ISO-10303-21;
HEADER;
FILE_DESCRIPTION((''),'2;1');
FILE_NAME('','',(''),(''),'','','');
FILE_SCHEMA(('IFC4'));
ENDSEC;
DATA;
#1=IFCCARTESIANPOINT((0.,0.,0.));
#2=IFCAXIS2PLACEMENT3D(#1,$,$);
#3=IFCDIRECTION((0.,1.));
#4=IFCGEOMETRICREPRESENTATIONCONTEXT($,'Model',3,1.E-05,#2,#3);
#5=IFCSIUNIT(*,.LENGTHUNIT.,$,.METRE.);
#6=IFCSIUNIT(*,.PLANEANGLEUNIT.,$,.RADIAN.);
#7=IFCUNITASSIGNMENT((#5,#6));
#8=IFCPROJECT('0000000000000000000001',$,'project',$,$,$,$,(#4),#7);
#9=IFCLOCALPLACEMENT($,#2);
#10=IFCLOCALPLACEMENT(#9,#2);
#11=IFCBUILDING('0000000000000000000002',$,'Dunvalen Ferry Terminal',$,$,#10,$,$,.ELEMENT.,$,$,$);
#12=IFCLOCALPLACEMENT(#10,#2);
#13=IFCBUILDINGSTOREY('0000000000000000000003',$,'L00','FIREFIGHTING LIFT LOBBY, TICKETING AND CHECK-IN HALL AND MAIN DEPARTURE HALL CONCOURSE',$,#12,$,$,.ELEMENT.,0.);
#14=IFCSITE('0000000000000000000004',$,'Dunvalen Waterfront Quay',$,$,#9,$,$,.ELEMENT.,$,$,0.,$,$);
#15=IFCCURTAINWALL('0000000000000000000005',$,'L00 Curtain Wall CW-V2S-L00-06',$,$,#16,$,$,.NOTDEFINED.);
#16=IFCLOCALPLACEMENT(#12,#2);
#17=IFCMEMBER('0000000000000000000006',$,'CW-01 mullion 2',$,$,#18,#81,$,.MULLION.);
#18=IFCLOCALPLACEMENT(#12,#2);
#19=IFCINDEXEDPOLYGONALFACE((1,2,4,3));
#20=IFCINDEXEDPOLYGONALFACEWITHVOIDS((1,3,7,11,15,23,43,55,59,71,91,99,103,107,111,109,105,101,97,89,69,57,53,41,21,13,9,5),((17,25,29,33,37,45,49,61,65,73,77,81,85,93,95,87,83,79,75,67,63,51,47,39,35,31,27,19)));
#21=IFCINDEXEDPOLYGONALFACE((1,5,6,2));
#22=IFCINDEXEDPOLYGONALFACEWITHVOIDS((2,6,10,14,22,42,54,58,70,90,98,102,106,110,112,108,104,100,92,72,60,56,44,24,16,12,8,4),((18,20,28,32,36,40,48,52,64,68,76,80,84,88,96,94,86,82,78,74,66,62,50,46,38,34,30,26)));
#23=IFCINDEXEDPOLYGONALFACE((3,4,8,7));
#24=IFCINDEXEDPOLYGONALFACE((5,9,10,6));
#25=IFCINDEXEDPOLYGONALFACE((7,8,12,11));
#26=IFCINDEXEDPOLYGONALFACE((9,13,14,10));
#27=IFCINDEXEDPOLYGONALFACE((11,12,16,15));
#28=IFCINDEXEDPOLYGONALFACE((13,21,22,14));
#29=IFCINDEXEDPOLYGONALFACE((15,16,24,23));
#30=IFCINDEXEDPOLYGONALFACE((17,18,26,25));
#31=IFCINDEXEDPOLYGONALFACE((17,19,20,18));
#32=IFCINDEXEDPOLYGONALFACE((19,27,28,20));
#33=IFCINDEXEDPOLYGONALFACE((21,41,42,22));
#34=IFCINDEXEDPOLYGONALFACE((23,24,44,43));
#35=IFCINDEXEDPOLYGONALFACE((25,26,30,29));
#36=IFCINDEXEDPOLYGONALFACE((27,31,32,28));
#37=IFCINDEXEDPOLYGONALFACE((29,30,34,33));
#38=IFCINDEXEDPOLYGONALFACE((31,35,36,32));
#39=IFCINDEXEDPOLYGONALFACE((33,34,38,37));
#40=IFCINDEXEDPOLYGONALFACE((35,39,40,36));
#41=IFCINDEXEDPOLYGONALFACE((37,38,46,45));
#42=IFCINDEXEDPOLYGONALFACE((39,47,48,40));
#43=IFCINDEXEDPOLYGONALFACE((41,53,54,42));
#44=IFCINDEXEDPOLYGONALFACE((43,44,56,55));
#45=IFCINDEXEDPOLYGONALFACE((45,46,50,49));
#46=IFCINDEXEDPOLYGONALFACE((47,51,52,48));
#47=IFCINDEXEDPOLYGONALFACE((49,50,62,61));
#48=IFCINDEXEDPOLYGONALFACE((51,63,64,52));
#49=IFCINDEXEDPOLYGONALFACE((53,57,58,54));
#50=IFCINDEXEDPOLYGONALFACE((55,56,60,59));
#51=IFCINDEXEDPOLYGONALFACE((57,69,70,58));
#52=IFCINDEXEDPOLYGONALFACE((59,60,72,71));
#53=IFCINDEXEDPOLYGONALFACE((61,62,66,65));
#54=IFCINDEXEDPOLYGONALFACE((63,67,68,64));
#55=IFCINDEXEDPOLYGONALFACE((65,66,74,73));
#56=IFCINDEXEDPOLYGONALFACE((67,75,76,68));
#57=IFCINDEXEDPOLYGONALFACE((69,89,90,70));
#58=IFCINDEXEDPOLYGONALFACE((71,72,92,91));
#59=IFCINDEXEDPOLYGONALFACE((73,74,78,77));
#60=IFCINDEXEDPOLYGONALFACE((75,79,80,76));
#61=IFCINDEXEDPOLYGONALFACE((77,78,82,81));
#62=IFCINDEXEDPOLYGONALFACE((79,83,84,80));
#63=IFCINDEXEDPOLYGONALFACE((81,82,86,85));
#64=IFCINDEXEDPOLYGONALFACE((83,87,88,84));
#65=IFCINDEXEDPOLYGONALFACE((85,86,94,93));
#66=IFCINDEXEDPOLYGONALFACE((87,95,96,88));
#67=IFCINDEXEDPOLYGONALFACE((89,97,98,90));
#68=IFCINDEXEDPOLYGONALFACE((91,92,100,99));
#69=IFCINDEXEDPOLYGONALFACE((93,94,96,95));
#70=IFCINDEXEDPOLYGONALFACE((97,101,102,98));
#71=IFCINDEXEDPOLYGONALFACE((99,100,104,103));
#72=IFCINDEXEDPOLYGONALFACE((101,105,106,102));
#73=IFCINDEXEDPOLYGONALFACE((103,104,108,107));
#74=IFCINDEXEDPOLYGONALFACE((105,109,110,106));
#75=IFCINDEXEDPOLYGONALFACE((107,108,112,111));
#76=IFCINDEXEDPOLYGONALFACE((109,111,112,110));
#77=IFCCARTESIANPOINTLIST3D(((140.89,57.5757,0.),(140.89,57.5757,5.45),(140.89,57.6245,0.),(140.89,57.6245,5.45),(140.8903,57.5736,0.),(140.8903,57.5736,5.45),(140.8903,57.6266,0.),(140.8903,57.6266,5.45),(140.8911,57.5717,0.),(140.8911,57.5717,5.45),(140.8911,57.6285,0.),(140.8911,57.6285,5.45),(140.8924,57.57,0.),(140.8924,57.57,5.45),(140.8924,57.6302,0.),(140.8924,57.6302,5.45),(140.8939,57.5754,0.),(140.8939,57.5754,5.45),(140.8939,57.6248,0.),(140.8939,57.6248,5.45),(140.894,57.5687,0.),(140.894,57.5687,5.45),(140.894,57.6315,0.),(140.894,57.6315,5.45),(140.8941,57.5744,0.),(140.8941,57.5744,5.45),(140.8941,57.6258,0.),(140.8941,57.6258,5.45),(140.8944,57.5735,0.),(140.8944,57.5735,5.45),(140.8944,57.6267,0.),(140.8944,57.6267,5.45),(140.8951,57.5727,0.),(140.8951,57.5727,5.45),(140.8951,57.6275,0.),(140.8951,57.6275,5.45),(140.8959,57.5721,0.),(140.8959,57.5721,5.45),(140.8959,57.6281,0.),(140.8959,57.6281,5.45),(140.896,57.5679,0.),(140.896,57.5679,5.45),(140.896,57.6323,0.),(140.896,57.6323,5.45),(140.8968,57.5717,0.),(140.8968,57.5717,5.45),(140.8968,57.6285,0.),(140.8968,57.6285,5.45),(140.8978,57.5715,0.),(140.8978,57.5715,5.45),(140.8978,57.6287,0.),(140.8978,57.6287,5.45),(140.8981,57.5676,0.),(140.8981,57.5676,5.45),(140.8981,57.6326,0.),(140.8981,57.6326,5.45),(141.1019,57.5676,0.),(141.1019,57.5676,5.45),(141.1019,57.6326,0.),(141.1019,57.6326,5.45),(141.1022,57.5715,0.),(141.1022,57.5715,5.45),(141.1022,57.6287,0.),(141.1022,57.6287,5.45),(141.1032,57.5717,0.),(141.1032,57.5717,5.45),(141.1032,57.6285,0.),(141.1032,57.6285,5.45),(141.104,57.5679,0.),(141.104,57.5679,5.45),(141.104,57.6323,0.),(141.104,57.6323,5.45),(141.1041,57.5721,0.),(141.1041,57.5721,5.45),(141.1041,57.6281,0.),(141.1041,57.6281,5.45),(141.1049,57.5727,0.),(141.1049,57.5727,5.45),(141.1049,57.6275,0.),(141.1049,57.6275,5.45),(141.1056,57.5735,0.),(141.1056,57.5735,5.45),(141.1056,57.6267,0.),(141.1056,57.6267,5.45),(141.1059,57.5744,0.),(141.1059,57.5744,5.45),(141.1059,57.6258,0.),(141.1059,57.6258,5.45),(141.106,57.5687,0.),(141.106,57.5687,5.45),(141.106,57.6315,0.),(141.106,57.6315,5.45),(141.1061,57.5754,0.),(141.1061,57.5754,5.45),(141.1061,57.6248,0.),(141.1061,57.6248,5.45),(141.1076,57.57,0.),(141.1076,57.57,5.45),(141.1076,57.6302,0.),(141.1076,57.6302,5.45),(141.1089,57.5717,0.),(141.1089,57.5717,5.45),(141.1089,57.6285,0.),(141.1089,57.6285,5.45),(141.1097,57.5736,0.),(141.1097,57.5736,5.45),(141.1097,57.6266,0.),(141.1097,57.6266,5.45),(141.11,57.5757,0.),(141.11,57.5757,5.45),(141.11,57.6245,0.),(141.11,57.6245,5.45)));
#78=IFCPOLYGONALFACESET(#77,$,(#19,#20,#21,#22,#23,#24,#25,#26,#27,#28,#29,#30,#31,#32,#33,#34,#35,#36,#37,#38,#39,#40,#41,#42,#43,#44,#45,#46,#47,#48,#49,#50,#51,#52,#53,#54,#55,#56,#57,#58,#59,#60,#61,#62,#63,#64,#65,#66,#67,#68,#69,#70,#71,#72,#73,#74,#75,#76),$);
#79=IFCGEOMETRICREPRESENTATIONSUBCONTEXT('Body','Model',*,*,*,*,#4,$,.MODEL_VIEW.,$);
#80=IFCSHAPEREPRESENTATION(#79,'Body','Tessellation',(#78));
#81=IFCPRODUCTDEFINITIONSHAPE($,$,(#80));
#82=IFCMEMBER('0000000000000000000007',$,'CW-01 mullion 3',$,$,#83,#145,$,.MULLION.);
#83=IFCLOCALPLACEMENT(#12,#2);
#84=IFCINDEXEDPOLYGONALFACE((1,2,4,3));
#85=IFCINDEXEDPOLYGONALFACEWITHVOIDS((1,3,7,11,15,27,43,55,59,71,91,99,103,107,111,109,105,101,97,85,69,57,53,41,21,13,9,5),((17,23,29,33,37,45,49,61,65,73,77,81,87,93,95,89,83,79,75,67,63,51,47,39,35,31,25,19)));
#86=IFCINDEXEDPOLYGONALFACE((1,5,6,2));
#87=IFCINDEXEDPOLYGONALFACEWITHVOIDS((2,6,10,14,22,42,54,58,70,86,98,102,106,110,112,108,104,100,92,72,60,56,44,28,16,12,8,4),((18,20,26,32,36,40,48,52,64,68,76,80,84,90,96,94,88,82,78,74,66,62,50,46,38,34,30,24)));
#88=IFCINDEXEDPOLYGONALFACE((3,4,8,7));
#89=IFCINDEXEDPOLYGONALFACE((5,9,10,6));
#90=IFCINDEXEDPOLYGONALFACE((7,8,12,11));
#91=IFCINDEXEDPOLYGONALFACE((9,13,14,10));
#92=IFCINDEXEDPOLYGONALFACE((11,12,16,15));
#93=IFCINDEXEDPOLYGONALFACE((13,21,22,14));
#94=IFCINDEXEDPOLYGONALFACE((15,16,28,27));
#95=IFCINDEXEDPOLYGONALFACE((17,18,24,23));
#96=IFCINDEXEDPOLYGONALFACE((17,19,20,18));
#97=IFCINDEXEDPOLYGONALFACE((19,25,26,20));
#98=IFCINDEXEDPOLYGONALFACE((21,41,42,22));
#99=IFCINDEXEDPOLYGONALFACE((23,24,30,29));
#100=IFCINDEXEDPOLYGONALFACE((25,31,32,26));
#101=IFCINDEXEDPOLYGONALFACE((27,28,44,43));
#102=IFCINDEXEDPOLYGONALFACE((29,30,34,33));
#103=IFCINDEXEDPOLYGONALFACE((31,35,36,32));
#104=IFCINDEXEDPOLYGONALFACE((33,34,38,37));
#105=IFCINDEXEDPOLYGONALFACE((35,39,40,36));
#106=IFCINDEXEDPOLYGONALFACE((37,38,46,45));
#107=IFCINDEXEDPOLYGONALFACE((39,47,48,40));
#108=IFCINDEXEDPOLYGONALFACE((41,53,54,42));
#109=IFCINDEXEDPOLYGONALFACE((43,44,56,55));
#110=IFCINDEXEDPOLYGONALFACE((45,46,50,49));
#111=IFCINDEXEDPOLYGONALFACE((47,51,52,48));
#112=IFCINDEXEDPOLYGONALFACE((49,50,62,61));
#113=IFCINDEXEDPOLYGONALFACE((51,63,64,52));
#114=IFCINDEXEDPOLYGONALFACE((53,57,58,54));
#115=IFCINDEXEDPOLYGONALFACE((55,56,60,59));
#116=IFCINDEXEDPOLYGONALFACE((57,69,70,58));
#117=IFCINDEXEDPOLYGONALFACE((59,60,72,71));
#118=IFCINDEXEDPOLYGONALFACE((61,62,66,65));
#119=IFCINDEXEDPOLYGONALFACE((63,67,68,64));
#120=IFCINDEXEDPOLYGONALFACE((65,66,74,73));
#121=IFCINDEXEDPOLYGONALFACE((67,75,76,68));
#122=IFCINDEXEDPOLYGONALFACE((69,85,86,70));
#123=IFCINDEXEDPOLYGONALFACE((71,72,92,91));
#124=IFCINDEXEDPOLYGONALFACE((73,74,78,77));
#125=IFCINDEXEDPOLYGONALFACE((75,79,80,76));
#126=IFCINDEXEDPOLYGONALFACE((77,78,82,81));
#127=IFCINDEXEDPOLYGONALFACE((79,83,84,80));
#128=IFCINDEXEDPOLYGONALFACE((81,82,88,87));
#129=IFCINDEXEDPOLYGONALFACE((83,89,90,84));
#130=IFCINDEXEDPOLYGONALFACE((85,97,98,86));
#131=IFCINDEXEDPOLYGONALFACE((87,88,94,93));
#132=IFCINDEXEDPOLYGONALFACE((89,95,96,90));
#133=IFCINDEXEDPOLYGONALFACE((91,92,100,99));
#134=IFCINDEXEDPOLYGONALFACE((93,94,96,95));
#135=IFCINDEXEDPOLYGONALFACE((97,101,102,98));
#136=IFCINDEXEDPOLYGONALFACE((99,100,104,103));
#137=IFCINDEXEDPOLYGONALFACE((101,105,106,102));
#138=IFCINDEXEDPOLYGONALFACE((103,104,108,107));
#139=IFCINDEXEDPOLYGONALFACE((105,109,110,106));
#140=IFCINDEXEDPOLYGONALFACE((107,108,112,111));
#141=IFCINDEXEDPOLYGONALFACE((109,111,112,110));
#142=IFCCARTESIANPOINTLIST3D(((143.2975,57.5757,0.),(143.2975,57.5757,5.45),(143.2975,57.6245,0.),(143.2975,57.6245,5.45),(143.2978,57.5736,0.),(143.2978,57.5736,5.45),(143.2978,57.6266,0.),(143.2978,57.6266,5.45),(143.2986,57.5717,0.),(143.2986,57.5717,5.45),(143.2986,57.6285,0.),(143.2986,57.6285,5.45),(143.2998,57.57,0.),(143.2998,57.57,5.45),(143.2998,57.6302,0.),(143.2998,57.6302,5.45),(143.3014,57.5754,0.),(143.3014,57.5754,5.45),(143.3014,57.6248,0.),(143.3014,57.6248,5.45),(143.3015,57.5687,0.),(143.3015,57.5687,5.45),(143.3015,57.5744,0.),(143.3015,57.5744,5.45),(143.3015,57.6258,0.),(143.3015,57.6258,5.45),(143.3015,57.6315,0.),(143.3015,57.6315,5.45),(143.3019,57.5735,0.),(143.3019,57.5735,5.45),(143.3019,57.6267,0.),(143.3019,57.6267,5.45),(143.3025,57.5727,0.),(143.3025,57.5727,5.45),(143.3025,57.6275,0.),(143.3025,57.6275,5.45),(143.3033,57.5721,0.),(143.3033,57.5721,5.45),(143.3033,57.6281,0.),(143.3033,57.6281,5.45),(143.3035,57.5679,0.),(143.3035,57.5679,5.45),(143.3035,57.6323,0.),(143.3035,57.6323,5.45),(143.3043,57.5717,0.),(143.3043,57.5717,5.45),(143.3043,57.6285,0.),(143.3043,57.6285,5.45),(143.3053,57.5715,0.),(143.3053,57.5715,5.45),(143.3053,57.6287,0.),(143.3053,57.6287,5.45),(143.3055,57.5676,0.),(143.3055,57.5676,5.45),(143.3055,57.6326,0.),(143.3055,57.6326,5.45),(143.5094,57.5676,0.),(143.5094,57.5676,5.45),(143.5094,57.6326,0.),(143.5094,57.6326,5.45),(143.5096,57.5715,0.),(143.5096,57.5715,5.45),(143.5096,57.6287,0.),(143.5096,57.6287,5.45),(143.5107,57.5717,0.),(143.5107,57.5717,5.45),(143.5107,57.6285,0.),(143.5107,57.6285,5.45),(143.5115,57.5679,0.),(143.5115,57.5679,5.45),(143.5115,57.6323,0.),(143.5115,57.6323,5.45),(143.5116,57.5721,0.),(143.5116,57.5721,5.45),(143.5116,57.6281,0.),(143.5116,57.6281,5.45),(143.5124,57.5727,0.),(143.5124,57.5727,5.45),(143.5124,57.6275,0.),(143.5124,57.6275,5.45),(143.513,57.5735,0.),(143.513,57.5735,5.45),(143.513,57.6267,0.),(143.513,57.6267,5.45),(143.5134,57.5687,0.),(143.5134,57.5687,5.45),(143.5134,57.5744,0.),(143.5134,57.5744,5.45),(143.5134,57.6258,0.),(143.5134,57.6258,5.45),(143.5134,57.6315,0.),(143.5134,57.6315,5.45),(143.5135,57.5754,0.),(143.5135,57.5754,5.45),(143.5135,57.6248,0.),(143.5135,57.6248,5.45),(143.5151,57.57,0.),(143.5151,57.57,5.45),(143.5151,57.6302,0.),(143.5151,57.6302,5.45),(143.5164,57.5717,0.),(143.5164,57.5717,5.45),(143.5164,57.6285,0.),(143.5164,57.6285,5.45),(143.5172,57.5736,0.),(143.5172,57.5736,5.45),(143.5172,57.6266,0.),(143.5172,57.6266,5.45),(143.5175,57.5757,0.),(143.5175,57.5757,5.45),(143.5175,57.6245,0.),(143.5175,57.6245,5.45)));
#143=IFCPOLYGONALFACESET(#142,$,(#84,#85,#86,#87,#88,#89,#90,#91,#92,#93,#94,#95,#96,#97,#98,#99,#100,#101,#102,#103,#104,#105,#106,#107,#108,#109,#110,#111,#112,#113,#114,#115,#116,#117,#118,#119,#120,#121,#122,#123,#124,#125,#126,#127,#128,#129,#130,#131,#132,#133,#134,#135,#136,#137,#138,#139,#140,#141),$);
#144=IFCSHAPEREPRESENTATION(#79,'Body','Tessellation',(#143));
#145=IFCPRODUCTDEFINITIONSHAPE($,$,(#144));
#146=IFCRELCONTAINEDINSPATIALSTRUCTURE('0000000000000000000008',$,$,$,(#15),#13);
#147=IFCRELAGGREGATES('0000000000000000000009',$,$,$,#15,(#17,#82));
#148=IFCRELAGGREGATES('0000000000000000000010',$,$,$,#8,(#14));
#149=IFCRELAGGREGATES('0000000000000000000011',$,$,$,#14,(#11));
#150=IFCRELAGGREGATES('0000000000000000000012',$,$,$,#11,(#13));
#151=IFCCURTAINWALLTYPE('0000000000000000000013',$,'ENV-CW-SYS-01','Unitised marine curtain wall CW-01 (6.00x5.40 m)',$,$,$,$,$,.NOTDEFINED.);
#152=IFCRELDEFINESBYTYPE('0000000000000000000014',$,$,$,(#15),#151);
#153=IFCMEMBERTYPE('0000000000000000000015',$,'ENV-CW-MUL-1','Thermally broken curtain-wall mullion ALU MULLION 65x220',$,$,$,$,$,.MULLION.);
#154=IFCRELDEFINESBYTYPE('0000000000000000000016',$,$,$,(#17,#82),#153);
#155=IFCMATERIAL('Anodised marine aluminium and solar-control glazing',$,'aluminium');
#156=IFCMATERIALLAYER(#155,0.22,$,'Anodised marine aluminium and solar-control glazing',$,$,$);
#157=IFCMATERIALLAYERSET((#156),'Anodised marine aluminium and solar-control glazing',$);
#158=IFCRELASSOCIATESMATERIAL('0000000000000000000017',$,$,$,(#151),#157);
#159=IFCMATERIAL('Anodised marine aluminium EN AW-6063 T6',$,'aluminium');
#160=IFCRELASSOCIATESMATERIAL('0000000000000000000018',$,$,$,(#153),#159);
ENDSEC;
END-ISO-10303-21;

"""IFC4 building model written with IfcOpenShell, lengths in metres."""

from ifc_helpers import new_model, si_unit, direction, frame, origin, origin_2d, place, context, subcontext, project, spatial, hollow_rectangle, extrude, material, layer, layer_set, material_profile, profile_set, type_object, element, aggregate, save


model = new_model("IFC4")

# Units and contexts
model_context = context("Model", 3, precision=1e-05, world=origin(), true_north=direction((0.0, 1.0)))
body_context = subcontext(model_context, "Body", "Model", "MODEL_VIEW")
ifc_project = project(units=[si_unit("LENGTHUNIT", "METRE"), si_unit("PLANEANGLEUNIT", "RADIAN")], contexts=[model_context])

# Site, building, storey
site_placement = place(None, origin())
site = spatial("IfcSite", under=ifc_project, at=site_placement, Name="Dunvalen Waterfront Quay", CompositionType="ELEMENT", RefElevation=0.0)
building_placement = place(site_placement, origin())
building = spatial("IfcBuilding", under=site, at=building_placement, Name="Dunvalen Ferry Terminal", CompositionType="ELEMENT")
storey_placement = place(building_placement, origin())
storey = spatial("IfcBuildingStorey", under=building, at=storey_placement, Name="L00", Description="FIREFIGHTING LIFT LOBBY, TICKETING AND CHECK-IN HALL AND MAIN DEPARTURE HALL CONCOURSE", CompositionType="ELEMENT", Elevation=0.0)

# Curtain wall, members
ifc_material_1 = material(Name="Anodised marine aluminium and solar-control glazing", Category="aluminium")
ifc_layer_1 = layer(ifc_material_1, 0.22, Name="Anodised marine aluminium and solar-control glazing")
ifc_layer_set_1 = layer_set([ifc_layer_1], Name="Anodised marine aluminium and solar-control glazing")
curtain_wall_type = type_object("IfcCurtainWallType", Name="ENV-CW-SYS-01", Description="Unitised marine curtain wall CW-01 (6.00x5.40 m)", PredefinedType="NOTDEFINED", material=ifc_layer_set_1)
curtain_wall_placement = place(storey_placement, origin())
curtain_wall = element("IfcCurtainWall", 1, at=curtain_wall_placement, inside=storey, type_object=curtain_wall_type, Name="L00 Curtain Wall CW-V2S-L00-06", PredefinedType="NOTDEFINED")
ifc_material_2 = material(Name="Anodised marine aluminium EN AW-6063 T6", Category="aluminium")
ifc_material_profile_1 = material_profile(ifc_material_2, hollow_rectangle(XDim=0.0649, YDim=0.22, WallThickness=0.0039, InnerFilletRadius=0.0039, OuterFilletRadius=0.0081, at=origin_2d()), Name="Anodised marine aluminium EN AW-6063 T6")
ifc_profile_set_1 = profile_set([ifc_material_profile_1], Name="Anodised marine aluminium EN AW-6063 T6")
member_type_1 = type_object("IfcMemberType", Name="ENV-CW-MUL-1", Description="Thermally broken curtain-wall mullion ALU MULLION 65x220", PredefinedType="MULLION", material=ifc_profile_set_1)
member_1_placement = place(storey_placement, frame((141.0, 57.6001, 0.0), z_axis=(0.0, 0.0, 1.0), x_axis=(0.0, 1.0, 0.0)))
member_1 = element("IfcMember", 2, at=member_1_placement, type_object=member_type_1, Name="CW-01 mullion 2", PredefinedType="MULLION", context=body_context, shape_type="SweptSolid", body=[
    extrude(hollow_rectangle(XDim=0.0649, YDim=0.22, WallThickness=0.0039, InnerFilletRadius=0.0039, OuterFilletRadius=0.0081, at=origin_2d()), origin(), (0.0, 0.0, 1.0), 5.45),
])
member_2_placement = place(storey_placement, frame((143.4075, 57.6001, 0.0), z_axis=(0.0, 0.0, 1.0), x_axis=(0.0, 1.0, 0.0)))
member_2 = element("IfcMember", 3, at=member_2_placement, type_object=member_type_1, Name="CW-01 mullion 3", PredefinedType="MULLION", context=body_context, shape_type="SweptSolid", body=[
    extrude(hollow_rectangle(XDim=0.0649, YDim=0.22, WallThickness=0.0039, InnerFilletRadius=0.0039, OuterFilletRadius=0.0081, at=origin_2d()), origin(), (0.0, 0.0, 1.0), 5.45),
])
aggregate(curtain_wall, [member_1, member_2])

save(model, "model.ifc")
